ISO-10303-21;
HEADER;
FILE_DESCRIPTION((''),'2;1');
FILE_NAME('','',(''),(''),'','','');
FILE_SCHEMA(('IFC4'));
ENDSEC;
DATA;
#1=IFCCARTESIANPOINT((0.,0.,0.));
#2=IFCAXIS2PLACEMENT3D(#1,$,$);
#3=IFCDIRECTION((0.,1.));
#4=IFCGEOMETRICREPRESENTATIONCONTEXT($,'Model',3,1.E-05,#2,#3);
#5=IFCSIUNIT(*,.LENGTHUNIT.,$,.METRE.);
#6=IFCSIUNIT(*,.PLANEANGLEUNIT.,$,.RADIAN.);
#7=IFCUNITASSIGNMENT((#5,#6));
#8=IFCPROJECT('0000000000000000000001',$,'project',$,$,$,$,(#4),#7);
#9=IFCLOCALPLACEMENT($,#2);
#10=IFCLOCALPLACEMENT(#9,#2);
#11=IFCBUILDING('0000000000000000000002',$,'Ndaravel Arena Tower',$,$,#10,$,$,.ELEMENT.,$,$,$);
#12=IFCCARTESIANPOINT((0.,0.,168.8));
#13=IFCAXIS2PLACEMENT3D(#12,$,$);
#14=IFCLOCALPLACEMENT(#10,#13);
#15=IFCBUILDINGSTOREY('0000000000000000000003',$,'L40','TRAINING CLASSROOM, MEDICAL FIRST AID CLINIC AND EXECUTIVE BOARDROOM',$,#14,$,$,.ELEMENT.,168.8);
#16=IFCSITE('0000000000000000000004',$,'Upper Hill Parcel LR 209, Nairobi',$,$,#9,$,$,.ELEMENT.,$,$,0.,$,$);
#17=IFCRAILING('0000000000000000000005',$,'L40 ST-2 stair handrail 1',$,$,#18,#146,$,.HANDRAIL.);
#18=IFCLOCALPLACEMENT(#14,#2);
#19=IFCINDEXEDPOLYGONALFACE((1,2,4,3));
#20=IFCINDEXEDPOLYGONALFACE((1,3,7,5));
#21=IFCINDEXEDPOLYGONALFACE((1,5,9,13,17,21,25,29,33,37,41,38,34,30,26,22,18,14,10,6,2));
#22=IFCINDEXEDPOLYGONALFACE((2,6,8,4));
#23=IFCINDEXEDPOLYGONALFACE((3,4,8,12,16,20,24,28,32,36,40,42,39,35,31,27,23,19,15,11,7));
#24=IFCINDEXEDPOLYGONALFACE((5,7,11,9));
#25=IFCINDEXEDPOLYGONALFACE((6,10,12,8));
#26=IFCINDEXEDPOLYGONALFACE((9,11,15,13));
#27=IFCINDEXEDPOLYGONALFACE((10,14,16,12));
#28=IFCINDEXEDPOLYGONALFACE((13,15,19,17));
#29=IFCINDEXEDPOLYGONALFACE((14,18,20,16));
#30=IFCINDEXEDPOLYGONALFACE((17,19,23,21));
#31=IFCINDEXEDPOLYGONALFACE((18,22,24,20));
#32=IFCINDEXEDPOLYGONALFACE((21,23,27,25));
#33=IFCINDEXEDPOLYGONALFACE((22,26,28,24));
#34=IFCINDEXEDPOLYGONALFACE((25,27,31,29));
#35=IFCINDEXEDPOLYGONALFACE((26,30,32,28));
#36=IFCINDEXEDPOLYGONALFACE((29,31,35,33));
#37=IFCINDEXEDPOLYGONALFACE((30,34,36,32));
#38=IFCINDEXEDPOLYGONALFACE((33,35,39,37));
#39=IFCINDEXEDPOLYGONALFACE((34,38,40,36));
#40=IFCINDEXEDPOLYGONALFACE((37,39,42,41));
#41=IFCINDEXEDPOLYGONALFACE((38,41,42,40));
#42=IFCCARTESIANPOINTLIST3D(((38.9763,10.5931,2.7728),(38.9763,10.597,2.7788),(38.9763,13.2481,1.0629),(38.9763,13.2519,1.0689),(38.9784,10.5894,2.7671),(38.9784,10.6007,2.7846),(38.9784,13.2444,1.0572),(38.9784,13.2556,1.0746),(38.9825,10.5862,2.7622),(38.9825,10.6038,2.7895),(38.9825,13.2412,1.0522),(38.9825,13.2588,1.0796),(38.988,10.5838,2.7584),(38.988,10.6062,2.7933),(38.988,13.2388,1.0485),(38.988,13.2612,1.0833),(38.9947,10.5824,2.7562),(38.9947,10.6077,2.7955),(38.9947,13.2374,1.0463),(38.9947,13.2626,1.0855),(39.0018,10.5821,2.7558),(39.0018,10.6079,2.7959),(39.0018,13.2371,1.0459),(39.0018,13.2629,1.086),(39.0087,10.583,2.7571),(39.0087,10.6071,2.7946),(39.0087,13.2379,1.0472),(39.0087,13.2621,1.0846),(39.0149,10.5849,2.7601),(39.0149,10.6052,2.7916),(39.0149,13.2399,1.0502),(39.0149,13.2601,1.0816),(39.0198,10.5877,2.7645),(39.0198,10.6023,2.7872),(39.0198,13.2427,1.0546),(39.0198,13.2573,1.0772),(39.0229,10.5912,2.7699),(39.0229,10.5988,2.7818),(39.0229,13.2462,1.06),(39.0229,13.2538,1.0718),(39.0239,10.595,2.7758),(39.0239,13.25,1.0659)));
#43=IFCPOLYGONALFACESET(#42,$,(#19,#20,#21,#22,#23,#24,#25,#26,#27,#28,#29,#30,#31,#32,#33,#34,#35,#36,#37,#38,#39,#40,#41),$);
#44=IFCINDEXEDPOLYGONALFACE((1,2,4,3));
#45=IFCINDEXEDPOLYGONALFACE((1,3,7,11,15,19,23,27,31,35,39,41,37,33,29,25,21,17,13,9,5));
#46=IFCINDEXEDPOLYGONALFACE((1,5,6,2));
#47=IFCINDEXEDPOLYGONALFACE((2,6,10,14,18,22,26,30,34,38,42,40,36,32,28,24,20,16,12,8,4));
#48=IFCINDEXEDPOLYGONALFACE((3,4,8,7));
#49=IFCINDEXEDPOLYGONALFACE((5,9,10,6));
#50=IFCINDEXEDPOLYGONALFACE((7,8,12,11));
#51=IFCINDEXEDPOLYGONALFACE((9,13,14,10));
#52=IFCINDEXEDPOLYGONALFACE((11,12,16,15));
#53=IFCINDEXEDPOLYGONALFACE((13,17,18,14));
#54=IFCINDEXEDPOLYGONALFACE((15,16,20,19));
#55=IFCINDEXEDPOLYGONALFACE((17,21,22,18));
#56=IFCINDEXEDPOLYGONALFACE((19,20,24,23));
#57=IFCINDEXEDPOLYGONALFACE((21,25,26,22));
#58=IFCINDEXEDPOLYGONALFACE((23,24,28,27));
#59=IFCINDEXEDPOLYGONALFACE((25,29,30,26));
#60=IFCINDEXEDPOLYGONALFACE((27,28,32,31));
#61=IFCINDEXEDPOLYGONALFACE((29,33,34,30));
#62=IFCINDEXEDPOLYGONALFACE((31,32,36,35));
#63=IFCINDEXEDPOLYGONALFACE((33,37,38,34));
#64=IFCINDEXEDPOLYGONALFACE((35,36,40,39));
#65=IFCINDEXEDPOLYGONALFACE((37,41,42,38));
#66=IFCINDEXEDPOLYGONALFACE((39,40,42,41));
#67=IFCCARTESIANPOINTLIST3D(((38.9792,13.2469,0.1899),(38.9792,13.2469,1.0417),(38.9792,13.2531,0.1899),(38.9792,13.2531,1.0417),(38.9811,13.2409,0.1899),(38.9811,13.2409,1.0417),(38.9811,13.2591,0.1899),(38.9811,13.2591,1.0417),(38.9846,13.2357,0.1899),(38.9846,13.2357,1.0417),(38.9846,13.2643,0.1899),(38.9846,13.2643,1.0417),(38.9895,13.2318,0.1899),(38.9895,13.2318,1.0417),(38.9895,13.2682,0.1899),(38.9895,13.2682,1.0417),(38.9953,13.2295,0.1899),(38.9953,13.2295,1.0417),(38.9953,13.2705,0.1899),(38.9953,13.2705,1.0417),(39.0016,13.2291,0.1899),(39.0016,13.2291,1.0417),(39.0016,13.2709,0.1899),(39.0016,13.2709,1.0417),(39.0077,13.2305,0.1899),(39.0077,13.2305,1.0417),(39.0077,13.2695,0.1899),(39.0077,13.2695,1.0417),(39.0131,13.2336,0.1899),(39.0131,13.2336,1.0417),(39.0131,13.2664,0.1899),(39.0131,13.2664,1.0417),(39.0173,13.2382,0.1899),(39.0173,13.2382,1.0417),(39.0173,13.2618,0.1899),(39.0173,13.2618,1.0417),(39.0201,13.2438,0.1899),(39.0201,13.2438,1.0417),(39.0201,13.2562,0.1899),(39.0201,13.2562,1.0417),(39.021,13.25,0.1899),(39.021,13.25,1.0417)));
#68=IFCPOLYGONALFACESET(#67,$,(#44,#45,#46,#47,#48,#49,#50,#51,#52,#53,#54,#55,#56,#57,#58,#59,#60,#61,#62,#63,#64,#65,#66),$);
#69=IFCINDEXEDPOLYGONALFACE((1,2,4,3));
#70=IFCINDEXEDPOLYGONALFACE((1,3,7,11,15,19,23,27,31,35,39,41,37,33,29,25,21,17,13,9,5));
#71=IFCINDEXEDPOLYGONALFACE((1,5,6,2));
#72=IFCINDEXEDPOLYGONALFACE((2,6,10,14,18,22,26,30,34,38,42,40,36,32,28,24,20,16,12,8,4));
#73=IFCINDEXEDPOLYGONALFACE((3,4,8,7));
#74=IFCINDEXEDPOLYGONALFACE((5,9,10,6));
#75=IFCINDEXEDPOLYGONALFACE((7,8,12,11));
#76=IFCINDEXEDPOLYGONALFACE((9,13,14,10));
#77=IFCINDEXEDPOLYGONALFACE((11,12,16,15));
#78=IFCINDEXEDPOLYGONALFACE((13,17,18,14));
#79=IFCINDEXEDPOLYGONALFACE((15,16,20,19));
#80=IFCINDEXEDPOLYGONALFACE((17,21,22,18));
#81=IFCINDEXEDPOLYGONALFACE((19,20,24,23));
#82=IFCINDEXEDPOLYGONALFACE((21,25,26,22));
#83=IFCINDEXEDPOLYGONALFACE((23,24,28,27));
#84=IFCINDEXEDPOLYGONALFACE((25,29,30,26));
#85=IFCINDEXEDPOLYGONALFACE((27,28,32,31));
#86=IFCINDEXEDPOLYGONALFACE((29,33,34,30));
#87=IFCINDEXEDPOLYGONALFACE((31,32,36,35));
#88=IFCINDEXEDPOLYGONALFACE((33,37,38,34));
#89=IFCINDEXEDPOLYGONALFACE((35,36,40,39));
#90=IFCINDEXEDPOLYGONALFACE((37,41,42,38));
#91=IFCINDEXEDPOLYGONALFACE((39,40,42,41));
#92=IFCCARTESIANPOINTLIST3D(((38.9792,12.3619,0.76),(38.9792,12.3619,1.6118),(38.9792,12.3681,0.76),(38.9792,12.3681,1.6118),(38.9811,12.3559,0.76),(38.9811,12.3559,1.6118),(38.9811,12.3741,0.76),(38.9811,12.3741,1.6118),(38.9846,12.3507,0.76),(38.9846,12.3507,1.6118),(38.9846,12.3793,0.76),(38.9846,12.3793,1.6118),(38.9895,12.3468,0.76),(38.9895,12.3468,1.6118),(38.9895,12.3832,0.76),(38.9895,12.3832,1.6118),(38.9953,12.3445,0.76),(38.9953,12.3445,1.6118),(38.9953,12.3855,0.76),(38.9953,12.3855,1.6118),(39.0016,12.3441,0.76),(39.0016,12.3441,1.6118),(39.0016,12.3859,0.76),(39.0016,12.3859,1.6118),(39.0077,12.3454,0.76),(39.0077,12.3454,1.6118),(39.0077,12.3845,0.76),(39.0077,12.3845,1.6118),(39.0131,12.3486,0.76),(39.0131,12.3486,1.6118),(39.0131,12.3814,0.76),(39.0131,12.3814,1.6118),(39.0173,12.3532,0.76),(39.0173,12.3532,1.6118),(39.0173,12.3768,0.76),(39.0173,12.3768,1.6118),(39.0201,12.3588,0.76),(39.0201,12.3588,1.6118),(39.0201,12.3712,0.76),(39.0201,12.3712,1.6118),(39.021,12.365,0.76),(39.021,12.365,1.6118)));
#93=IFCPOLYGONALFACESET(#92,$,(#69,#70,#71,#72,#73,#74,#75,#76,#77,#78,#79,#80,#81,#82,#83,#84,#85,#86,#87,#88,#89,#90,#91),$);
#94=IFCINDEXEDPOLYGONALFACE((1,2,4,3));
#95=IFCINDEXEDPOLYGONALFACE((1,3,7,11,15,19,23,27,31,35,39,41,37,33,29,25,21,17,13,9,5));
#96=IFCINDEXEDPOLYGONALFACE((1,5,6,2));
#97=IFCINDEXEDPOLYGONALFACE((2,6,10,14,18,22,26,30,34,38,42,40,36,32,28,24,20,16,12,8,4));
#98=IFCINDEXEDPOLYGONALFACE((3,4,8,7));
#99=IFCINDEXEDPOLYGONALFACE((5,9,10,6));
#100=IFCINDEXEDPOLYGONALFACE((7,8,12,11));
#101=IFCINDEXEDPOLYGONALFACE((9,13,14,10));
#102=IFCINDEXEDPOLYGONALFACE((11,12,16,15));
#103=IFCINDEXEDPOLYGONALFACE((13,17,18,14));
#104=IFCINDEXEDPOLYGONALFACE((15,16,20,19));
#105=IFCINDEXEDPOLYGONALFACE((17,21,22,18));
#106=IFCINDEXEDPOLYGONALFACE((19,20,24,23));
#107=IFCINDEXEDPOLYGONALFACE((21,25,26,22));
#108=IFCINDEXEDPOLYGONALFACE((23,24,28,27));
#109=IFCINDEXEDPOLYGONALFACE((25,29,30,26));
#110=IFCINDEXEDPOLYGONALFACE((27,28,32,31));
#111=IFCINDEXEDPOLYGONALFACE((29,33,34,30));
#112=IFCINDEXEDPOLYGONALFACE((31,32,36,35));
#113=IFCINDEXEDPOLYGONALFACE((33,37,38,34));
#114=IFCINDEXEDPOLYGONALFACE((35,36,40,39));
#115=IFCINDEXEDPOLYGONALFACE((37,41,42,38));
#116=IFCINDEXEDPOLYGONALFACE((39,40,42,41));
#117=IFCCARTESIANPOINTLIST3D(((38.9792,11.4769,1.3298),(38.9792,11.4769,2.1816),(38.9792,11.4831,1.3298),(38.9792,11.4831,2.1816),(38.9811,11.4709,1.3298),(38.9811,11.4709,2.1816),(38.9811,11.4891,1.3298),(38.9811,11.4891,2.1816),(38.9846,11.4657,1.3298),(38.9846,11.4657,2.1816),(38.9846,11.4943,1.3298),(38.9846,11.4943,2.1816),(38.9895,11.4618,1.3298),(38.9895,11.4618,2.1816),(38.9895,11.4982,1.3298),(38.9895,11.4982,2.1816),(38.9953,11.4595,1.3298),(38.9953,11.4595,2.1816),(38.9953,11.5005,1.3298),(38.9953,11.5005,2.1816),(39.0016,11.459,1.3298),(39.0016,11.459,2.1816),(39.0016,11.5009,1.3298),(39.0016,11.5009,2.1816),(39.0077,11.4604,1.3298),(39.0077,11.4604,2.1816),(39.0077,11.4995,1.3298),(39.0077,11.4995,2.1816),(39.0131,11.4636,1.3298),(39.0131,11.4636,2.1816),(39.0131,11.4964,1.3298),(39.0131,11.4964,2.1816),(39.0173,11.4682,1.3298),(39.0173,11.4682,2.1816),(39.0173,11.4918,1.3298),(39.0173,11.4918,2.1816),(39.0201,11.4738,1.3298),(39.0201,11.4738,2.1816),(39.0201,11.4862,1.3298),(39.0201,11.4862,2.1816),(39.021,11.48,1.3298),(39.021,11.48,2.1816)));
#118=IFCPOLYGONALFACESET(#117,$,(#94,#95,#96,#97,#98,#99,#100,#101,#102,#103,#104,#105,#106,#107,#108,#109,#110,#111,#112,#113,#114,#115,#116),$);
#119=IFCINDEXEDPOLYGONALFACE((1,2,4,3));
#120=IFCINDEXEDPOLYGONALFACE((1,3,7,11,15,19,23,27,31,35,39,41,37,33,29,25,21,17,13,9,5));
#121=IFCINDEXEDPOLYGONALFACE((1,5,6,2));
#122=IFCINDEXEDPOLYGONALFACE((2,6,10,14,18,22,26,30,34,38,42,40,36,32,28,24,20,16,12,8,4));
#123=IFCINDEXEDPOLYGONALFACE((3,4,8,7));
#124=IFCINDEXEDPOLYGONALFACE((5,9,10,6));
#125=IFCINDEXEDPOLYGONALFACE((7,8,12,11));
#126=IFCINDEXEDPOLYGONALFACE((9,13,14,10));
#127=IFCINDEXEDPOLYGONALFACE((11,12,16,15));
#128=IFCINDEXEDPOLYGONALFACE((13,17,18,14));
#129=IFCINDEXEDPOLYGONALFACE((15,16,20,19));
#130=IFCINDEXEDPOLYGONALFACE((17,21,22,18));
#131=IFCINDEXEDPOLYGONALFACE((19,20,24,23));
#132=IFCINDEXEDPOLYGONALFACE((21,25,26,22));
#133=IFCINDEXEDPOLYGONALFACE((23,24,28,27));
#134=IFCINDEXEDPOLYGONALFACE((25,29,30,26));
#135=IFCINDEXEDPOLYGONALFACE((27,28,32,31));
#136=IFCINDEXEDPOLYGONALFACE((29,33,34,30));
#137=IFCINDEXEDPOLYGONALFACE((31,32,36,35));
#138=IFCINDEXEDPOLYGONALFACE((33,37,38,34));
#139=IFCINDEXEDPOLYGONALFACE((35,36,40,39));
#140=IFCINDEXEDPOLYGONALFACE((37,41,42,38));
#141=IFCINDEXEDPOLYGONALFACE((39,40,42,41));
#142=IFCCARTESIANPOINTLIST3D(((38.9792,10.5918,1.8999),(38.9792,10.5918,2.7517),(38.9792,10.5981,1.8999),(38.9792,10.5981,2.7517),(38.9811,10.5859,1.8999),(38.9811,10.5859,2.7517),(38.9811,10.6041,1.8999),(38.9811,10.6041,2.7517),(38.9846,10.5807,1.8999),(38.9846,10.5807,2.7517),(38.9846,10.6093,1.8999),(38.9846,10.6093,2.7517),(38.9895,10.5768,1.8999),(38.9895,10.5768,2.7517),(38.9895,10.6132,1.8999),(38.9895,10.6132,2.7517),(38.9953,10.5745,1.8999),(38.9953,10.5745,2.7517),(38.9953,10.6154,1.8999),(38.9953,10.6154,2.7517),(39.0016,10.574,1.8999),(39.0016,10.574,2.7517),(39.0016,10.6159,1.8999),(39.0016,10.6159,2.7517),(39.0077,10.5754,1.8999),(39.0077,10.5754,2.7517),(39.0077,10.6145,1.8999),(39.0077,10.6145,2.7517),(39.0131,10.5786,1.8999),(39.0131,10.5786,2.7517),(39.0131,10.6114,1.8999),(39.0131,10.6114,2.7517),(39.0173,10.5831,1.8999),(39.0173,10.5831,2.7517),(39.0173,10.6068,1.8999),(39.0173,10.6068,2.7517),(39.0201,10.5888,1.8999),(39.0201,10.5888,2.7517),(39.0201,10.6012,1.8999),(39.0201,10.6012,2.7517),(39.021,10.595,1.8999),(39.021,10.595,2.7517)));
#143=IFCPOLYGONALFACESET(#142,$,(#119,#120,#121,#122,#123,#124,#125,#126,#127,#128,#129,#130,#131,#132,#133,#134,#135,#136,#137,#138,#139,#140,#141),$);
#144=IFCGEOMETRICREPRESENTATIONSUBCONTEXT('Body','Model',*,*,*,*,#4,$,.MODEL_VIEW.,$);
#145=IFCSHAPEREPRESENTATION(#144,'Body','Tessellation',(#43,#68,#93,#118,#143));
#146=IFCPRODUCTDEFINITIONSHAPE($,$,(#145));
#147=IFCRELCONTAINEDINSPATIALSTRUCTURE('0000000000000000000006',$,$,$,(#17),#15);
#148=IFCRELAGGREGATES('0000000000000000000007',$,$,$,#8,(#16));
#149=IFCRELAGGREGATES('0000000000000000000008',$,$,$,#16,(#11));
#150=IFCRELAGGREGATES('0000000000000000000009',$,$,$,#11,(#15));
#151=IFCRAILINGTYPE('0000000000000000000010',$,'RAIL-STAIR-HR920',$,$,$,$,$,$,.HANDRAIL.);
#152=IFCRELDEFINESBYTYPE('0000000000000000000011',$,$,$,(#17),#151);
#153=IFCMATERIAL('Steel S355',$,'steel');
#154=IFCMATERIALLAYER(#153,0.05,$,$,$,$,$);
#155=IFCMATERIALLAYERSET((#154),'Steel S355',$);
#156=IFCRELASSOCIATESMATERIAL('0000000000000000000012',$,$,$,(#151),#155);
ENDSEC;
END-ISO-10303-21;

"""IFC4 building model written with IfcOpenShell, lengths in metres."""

from ifc_helpers import new_model, si_unit, direction, frame, origin, origin_2d, place, context, subcontext, project, spatial, circle, extrude, material, layer, layer_set, type_object, element, save


model = new_model("IFC4")

# Units and contexts
model_context = context("Model", 3, precision=1e-05, world=origin(), true_north=direction((0.0, 1.0)))
body_context = subcontext(model_context, "Body", "Model", "MODEL_VIEW")
ifc_project = project(units=[si_unit("LENGTHUNIT", "METRE"), si_unit("PLANEANGLEUNIT", "RADIAN")], contexts=[model_context])

# Site, building, storey
site_placement = place(None, origin())
site = spatial("IfcSite", under=ifc_project, at=site_placement, Name="Upper Hill Parcel LR 209, Nairobi", CompositionType="ELEMENT", RefElevation=0.0)
building_placement = place(site_placement, origin())
building = spatial("IfcBuilding", under=site, at=building_placement, Name="Ndaravel Arena Tower", CompositionType="ELEMENT")
storey_placement = place(building_placement, frame((0.0, 0.0, 168.8)))
storey = spatial("IfcBuildingStorey", under=building, at=storey_placement, Name="L40", Description="TRAINING CLASSROOM, MEDICAL FIRST AID CLINIC AND EXECUTIVE BOARDROOM", CompositionType="ELEMENT", Elevation=168.8)

# Railing
ifc_material_1 = material(Name="Steel S355", Category="steel")
ifc_layer_1 = layer(ifc_material_1, 0.05)
ifc_layer_set_1 = layer_set([ifc_layer_1], Name="Steel S355")
railing_type_1 = type_object("IfcRailingType", Name="RAIL-STAIR-HR920", PredefinedType="HANDRAIL", material=ifc_layer_set_1)
railing_1_placement = place(storey_placement, frame((39.0, 13.25, 0.1899)))
element("IfcRailing", 1, at=railing_1_placement, inside=storey, type_object=railing_type_1, Name="L40 ST-2 stair handrail 1", PredefinedType="HANDRAIL", context=body_context, shape_type="SweptSolid", body=[
    extrude(circle(Radius=0.0239, at=origin_2d()), frame((0.0, 0.0, 0.876), z_axis=(0.0, -0.840724, 0.541465), x_axis=(1.0, 0.0, 0.0)), (0.0, 0.0, 1.0), 3.158),
    extrude(circle(Radius=0.021, at=origin_2d()), origin(), (0.0, 0.0, 1.0), 0.8518),
    extrude(circle(Radius=0.021, at=origin_2d()), frame((0.0, -0.885, 0.5701)), (0.0, 0.0, 1.0), 0.8518),
    extrude(circle(Radius=0.021, at=origin_2d()), frame((0.0, -1.77, 1.1399)), (0.0, 0.0, 1.0), 0.8518),
    extrude(circle(Radius=0.021, at=origin_2d()), frame((0.0, -2.655, 1.71)), (0.0, 0.0, 1.0), 0.8518),
])

save(model, "model.ifc")
